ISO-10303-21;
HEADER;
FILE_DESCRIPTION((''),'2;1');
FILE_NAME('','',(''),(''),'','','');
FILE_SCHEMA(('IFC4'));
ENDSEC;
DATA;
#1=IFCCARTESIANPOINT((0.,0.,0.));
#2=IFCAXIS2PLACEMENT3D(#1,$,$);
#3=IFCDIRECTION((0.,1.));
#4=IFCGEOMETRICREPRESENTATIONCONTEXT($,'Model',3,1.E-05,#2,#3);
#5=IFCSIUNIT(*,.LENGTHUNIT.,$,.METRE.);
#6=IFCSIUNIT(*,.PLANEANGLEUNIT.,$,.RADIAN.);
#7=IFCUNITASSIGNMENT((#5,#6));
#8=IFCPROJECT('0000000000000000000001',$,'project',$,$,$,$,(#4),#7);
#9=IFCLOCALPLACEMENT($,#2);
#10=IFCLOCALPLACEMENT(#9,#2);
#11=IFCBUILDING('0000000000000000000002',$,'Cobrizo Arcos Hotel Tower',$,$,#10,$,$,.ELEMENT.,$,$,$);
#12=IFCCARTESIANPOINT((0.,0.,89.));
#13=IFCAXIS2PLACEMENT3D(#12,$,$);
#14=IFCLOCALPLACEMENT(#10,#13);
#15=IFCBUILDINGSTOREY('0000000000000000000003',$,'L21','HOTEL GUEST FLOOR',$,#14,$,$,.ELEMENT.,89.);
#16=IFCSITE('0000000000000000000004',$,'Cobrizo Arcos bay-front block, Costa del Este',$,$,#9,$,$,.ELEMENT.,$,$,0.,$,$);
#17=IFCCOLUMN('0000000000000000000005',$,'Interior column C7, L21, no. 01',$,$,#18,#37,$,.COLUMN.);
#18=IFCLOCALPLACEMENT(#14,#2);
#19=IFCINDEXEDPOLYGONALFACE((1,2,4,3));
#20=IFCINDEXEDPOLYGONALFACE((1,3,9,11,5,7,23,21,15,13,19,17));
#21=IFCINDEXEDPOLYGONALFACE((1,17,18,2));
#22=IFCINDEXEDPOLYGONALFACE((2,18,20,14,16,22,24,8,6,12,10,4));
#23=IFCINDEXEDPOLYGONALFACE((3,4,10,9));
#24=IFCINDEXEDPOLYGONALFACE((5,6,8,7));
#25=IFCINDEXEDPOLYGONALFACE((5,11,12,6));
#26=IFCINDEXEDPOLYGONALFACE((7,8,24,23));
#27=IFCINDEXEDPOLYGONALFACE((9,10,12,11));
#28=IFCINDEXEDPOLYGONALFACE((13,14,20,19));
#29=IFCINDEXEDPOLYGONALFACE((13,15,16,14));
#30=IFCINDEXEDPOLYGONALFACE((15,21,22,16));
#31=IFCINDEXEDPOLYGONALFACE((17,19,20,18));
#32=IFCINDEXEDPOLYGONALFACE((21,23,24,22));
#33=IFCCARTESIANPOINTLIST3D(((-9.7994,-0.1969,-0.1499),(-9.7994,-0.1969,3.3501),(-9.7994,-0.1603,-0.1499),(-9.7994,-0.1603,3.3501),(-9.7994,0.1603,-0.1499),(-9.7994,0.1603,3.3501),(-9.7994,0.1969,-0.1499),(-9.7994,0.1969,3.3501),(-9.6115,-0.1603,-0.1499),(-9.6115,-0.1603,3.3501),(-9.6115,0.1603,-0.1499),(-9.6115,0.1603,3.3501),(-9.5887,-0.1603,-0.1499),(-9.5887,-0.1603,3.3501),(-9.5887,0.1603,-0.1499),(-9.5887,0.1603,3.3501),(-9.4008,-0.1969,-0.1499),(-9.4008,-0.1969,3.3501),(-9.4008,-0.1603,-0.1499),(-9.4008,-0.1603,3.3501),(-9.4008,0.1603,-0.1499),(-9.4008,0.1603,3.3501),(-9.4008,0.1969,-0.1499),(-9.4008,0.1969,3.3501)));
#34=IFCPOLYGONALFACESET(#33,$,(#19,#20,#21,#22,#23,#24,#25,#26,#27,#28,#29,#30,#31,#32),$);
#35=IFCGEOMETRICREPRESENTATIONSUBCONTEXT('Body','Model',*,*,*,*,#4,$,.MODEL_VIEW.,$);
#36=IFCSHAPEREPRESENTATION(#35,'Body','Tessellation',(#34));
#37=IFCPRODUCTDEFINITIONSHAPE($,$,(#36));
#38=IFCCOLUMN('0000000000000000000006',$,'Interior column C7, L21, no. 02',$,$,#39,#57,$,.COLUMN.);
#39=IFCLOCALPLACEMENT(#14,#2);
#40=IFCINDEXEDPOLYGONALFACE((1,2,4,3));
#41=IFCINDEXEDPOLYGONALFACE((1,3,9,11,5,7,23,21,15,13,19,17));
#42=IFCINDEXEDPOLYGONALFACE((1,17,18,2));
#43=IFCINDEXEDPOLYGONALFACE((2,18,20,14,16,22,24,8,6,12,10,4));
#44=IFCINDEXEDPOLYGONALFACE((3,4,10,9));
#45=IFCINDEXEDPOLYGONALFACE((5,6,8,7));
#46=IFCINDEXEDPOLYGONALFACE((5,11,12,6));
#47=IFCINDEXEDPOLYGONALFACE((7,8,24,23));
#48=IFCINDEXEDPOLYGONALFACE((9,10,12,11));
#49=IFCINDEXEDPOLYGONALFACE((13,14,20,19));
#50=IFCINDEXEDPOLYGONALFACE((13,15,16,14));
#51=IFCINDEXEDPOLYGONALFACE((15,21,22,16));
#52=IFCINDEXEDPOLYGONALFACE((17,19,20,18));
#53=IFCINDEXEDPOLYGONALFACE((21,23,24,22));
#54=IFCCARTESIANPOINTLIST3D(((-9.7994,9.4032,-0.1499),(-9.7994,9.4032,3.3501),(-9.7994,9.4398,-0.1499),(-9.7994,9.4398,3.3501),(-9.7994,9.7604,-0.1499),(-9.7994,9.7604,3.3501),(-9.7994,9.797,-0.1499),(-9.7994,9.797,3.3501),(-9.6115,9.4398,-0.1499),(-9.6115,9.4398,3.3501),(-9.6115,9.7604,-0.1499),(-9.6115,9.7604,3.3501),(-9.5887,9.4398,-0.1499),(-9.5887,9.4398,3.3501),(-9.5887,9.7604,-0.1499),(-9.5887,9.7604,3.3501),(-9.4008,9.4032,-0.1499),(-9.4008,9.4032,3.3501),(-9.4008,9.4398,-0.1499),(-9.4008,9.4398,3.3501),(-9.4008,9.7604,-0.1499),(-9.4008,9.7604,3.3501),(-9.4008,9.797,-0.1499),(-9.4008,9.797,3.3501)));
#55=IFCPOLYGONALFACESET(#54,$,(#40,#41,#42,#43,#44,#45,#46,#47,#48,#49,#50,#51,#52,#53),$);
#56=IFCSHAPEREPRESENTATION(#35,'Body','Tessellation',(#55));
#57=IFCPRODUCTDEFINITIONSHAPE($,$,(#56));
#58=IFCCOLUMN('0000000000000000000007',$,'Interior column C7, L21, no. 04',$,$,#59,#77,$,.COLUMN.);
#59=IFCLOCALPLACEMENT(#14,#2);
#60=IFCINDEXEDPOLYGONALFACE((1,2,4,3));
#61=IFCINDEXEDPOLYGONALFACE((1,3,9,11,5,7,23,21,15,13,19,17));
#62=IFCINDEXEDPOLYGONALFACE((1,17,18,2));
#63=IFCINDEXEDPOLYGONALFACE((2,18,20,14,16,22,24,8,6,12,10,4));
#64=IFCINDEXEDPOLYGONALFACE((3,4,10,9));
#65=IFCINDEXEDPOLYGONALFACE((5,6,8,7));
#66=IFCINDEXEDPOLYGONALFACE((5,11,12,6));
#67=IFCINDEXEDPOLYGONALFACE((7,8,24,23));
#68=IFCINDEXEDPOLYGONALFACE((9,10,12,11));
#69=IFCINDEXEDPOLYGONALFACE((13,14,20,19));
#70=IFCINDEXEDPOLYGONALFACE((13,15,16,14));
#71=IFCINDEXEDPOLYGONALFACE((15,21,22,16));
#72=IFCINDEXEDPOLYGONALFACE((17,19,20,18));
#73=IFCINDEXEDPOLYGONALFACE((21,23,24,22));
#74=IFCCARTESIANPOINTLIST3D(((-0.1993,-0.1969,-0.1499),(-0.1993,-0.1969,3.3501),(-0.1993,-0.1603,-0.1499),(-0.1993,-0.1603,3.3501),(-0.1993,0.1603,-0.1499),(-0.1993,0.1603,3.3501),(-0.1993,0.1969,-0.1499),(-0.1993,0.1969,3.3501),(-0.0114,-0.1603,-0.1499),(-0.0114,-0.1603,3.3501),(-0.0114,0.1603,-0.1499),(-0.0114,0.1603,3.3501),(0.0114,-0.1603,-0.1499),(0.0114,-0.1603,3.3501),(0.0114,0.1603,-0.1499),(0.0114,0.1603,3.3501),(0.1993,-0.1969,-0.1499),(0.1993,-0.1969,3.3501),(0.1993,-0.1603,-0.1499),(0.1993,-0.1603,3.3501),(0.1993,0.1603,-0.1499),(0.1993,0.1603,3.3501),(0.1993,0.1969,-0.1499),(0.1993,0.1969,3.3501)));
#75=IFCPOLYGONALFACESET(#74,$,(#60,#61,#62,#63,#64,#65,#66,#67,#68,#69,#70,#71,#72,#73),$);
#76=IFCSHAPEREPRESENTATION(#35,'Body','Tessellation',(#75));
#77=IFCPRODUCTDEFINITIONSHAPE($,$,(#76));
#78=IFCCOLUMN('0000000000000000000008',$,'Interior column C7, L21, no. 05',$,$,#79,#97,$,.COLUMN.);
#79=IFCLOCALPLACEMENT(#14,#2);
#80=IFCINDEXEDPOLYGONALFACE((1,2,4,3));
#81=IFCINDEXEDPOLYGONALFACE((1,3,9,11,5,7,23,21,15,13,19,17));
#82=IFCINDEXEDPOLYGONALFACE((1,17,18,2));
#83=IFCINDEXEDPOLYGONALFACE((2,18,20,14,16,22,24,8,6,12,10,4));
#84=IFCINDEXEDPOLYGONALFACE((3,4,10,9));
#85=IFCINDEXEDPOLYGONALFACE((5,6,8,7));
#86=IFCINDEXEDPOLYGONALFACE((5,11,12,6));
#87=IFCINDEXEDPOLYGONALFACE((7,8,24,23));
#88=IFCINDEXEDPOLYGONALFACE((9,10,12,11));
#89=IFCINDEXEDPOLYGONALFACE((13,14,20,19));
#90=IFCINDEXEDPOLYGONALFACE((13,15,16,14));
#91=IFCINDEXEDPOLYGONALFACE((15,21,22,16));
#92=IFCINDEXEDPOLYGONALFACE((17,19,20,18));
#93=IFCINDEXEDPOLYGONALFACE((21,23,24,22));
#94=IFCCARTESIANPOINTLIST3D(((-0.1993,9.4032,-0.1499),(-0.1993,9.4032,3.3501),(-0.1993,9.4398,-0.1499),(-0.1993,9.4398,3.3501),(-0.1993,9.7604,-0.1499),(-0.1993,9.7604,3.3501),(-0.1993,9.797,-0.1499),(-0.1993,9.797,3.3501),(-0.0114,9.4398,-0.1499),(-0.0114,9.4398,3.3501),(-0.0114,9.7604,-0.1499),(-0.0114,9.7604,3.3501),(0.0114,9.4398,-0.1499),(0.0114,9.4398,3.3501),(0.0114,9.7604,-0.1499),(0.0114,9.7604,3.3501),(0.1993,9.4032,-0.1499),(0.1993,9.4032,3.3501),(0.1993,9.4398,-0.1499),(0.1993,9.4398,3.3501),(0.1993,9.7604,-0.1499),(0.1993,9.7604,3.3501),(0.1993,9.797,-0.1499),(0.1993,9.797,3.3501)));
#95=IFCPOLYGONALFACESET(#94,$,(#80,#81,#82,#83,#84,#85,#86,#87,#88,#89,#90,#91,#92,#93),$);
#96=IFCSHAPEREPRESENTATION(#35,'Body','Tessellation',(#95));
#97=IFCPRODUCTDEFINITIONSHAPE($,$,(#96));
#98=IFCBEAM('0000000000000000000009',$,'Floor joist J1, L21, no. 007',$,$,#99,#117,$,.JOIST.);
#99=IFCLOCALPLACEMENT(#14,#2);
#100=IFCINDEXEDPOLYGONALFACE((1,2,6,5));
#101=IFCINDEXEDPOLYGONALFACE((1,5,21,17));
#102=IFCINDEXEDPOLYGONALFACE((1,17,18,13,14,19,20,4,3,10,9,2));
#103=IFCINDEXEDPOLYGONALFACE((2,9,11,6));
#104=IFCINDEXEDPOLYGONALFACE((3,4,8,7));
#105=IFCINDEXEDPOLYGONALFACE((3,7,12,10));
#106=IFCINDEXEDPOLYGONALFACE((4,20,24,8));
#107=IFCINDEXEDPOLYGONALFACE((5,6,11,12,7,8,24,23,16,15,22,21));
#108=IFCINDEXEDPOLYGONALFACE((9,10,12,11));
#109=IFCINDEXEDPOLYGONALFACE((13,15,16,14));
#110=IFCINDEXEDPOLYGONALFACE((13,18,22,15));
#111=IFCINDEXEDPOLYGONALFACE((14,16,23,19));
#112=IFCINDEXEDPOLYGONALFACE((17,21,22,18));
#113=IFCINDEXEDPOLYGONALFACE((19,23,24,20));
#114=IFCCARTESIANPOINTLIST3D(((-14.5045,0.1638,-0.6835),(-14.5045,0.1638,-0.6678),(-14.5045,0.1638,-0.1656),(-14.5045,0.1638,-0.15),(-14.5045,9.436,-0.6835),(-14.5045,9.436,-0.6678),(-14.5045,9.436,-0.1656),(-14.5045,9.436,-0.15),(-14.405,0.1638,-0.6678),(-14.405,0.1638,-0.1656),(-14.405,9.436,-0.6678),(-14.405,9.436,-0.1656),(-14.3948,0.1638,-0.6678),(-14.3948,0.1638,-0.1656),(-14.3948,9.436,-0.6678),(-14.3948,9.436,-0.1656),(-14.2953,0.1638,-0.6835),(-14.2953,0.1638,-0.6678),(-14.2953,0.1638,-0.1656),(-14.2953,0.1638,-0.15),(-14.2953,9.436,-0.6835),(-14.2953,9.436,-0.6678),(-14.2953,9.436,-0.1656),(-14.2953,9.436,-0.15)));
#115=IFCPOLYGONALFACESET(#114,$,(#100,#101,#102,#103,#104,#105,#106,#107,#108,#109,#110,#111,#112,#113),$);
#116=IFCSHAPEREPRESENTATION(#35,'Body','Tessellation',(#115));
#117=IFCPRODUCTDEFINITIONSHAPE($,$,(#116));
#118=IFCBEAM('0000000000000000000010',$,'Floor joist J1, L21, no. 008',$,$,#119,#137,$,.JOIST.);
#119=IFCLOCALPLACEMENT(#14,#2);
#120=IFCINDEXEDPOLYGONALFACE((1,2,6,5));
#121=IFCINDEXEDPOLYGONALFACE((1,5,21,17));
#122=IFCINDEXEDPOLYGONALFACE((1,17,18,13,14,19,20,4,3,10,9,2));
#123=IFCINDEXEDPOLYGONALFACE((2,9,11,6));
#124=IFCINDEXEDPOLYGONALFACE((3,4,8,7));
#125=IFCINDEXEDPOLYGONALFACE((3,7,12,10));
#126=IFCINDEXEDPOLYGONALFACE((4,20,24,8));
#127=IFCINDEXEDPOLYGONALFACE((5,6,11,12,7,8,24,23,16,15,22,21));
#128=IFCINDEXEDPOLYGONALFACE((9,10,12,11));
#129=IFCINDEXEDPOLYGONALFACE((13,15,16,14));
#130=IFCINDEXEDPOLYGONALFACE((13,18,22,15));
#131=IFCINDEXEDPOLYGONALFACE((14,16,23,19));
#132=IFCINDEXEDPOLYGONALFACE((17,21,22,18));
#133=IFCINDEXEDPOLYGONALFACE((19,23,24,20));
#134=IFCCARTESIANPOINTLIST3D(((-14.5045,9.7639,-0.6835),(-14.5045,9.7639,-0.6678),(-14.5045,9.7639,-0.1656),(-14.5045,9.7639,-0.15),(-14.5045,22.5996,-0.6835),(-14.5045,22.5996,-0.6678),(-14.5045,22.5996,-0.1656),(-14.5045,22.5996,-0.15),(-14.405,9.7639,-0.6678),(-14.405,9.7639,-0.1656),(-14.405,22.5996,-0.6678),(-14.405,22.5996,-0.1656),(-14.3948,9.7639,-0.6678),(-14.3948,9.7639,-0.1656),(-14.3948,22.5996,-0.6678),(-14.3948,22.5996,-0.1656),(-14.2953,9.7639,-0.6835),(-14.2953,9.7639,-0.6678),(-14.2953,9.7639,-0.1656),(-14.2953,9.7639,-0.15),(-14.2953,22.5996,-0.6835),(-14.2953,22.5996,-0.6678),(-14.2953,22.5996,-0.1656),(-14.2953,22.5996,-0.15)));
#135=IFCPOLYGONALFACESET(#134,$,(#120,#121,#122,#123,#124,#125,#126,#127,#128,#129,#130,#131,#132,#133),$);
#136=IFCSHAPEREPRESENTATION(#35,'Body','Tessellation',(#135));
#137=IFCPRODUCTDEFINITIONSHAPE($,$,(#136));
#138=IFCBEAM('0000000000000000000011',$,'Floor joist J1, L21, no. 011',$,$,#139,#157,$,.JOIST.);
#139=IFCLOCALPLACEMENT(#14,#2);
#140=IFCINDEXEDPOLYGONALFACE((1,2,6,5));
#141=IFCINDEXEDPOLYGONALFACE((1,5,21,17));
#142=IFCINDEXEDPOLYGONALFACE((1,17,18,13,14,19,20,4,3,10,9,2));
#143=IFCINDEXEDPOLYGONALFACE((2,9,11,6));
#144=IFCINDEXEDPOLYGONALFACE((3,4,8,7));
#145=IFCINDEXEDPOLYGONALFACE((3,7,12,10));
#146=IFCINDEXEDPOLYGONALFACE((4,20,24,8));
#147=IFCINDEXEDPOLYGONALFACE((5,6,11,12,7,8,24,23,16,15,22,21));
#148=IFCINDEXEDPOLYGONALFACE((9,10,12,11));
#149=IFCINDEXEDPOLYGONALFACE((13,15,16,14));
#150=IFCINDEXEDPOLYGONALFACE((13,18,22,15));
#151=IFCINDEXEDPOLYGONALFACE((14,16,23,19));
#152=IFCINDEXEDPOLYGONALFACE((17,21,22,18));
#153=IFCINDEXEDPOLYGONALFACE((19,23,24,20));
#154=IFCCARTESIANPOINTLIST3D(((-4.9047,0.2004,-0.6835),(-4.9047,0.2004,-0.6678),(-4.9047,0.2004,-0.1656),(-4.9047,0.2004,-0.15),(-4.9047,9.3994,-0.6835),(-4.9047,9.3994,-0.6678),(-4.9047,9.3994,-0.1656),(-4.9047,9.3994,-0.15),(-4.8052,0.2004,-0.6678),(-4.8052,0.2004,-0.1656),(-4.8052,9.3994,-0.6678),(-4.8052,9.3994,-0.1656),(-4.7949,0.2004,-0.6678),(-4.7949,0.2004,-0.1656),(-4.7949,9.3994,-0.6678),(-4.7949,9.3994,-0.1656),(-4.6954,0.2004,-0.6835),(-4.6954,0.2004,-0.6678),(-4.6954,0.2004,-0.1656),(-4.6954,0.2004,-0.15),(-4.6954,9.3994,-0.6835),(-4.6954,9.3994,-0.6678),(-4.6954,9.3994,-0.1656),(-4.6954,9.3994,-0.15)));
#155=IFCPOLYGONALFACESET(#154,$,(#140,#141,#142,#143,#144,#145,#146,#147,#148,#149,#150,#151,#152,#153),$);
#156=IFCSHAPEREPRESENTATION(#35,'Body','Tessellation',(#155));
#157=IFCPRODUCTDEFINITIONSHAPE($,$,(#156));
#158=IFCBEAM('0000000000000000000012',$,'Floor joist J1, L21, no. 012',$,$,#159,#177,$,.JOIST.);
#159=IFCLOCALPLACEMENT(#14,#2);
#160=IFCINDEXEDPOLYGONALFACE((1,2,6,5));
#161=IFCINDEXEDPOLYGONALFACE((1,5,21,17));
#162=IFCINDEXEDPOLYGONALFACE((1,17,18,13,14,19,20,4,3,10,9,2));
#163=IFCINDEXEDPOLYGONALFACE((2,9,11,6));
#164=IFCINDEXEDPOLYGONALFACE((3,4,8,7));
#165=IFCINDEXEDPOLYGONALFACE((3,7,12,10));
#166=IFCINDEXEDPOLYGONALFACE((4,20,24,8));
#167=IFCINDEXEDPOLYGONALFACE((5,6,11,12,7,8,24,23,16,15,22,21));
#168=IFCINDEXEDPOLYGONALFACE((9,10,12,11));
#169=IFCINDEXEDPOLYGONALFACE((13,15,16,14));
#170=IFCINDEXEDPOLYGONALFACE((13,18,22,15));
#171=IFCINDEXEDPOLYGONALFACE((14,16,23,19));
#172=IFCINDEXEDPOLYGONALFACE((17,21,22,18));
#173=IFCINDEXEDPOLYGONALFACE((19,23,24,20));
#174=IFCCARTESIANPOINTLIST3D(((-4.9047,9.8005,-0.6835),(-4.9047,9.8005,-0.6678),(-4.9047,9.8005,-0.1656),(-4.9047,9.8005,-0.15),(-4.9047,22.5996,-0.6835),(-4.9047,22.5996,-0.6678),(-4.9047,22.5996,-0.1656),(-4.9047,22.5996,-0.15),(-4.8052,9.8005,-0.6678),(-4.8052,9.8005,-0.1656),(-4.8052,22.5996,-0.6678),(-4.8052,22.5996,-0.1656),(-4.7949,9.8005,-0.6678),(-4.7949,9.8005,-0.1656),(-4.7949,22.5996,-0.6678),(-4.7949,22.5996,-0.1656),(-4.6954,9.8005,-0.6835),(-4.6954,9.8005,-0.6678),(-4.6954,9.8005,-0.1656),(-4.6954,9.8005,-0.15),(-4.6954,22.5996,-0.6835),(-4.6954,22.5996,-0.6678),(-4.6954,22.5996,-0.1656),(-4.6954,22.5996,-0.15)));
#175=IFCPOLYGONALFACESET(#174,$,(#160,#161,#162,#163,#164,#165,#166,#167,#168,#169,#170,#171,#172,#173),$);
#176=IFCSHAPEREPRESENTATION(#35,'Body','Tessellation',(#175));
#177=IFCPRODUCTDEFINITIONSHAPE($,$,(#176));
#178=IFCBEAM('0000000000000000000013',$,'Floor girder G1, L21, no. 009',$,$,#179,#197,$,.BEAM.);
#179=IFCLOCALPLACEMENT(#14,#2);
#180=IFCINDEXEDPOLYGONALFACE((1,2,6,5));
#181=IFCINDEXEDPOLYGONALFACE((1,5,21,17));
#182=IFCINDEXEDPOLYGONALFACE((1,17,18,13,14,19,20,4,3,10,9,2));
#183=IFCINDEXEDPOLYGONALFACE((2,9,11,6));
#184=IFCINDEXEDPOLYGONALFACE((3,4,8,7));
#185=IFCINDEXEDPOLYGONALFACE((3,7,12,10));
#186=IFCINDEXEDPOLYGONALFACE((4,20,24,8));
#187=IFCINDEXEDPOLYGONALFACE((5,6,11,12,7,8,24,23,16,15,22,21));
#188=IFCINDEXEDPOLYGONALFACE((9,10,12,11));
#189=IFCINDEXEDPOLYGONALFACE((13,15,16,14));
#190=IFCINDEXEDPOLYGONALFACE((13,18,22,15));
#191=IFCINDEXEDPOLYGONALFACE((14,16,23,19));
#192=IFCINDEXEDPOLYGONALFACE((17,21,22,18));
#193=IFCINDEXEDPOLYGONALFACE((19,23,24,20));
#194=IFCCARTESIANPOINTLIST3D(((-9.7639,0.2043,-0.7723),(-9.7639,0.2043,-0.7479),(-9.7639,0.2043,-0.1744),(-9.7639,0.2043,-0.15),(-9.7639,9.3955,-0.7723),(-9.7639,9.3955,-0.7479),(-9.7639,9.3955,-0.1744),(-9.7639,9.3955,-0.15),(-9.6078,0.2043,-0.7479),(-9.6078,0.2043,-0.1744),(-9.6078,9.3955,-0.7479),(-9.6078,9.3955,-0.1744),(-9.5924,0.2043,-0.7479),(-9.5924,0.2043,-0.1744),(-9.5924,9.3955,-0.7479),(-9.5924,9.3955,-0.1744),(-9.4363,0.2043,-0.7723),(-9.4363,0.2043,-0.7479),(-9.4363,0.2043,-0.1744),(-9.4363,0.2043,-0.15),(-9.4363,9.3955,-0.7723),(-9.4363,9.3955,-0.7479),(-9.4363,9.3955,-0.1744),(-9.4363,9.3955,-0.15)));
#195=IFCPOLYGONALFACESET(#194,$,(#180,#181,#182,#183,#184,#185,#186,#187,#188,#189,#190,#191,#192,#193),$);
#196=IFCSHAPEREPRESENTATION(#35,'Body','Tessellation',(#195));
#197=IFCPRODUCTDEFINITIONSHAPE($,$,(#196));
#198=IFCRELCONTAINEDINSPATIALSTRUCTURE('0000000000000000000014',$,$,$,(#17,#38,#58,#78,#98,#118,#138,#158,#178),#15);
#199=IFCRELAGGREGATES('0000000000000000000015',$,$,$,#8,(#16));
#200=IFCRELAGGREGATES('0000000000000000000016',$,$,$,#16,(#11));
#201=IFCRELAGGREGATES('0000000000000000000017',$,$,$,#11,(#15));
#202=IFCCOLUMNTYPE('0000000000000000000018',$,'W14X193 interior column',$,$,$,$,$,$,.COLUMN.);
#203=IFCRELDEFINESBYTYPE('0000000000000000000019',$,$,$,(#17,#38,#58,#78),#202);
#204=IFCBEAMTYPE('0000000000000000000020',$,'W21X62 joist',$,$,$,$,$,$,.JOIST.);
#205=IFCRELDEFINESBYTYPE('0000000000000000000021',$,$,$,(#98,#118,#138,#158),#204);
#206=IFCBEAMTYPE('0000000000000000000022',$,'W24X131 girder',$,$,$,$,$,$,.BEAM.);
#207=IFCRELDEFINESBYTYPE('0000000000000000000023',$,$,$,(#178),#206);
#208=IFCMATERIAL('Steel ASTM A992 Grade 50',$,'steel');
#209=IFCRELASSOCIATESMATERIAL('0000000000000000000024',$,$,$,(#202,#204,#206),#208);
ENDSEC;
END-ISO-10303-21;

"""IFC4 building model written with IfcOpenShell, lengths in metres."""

from ifc_helpers import new_model, si_unit, direction, frame, origin, origin_2d, place, context, subcontext, project, spatial, i_section, extrude, material, material_profile, profile_set, type_object, element, save


model = new_model("IFC4")

# Units and contexts
model_context = context("Model", 3, precision=1e-05, world=origin(), true_north=direction((0.0, 1.0)))
body_context = subcontext(model_context, "Body", "Model", "MODEL_VIEW")
ifc_project = project(units=[si_unit("LENGTHUNIT", "METRE"), si_unit("PLANEANGLEUNIT", "RADIAN")], contexts=[model_context])

# Site, building, storey
site_placement = place(None, origin())
site = spatial("IfcSite", under=ifc_project, at=site_placement, Name="Cobrizo Arcos bay-front block, Costa del Este", CompositionType="ELEMENT", RefElevation=0.0)
building_placement = place(site_placement, origin())
building = spatial("IfcBuilding", under=site, at=building_placement, Name="Cobrizo Arcos Hotel Tower", CompositionType="ELEMENT")
storey_placement = place(building_placement, frame((0.0, 0.0, 89.0)))
storey = spatial("IfcBuildingStorey", under=building, at=storey_placement, Name="L21", Description="HOTEL GUEST FLOOR", CompositionType="ELEMENT", Elevation=89.0)

# Columns
ifc_material_1 = material(Name="Steel ASTM A992 Grade 50", Category="steel")
ifc_material_profile_1 = material_profile(ifc_material_1, i_section(OverallWidth=0.3987, OverallDepth=0.3938, WebThickness=0.0227, FlangeThickness=0.0366, at=origin_2d()), Name="W14X193")
ifc_profile_set_1 = profile_set([ifc_material_profile_1], Name="Steel ASTM A992 Grade 50")
column_type = type_object("IfcColumnType", Name="W14X193 interior column", PredefinedType="COLUMN", material=ifc_profile_set_1)
for number, where, z_axis, x_axis, name in (
    (1, (-9.6001, 0.0, -0.1499), (0.0, 0.0, 1.0), (1.0, 0.0, 0.0), "Interior column C7, L21, no. 01"),
    (2, (-9.6001, 9.6001, -0.1499), (0.0, 0.0, 1.0), (1.0, 0.0, 0.0), "Interior column C7, L21, no. 02"),
    (3, (0.0, 0.0, -0.1499), (0.0, 0.0, 1.0), (1.0, 0.0, 0.0), "Interior column C7, L21, no. 04"),
    (4, (0.0, 9.6001, -0.1499), (0.0, 0.0, 1.0), (1.0, 0.0, 0.0), "Interior column C7, L21, no. 05"),
):
    element("IfcColumn", number, at=place(storey_placement, frame(where, z_axis=z_axis, x_axis=x_axis)), inside=storey, type_object=column_type, Name=name, PredefinedType="COLUMN", context=body_context, shape_type="SweptSolid", body=[
        extrude(i_section(OverallWidth=0.3987, OverallDepth=0.3938, WebThickness=0.0227, FlangeThickness=0.0366, at=origin_2d()), origin(), (0.0, 0.0, 1.0), 3.5),
    ])

# Beams
ifc_material_profile_2 = material_profile(ifc_material_1, i_section(OverallWidth=0.2092, OverallDepth=0.5334, WebThickness=0.0103, FlangeThickness=0.0156, at=origin_2d()), Name="W21X62")
ifc_profile_set_2 = profile_set([ifc_material_profile_2], Name="Steel ASTM A992 Grade 50")
beam_type_1 = type_object("IfcBeamType", Name="W21X62 joist", PredefinedType="JOIST", material=ifc_profile_set_2)
beam_1_placement = place(storey_placement, frame((-14.3999, 0.1638, -0.4167), z_axis=(0.0, 1.0, 0.0), x_axis=(-1.0, 0.0, 0.0)))
element("IfcBeam", 5, at=beam_1_placement, inside=storey, type_object=beam_type_1, Name="Floor joist J1, L21, no. 007", PredefinedType="JOIST", context=body_context, shape_type="SweptSolid", body=[
    extrude(i_section(OverallWidth=0.2092, OverallDepth=0.5334, WebThickness=0.0103, FlangeThickness=0.0156, at=origin_2d()), origin(), (0.0, 0.0, 1.0), 9.2722),
])
beam_2_placement = place(storey_placement, frame((-14.3999, 9.7639, -0.4167), z_axis=(0.0, 1.0, 0.0), x_axis=(-1.0, 0.0, 0.0)))
element("IfcBeam", 6, at=beam_2_placement, inside=storey, type_object=beam_type_1, Name="Floor joist J1, L21, no. 008", PredefinedType="JOIST", context=body_context, shape_type="SweptSolid", body=[
    extrude(i_section(OverallWidth=0.2092, OverallDepth=0.5334, WebThickness=0.0103, FlangeThickness=0.0156, at=origin_2d()), origin(), (0.0, 0.0, 1.0), 12.8357),
])
beam_3_placement = place(storey_placement, frame((-4.8, 0.2004, -0.4167), z_axis=(0.0, 1.0, 0.0), x_axis=(-1.0, 0.0, 0.0)))
element("IfcBeam", 7, at=beam_3_placement, inside=storey, type_object=beam_type_1, Name="Floor joist J1, L21, no. 011", PredefinedType="JOIST", context=body_context, shape_type="SweptSolid", body=[
    extrude(i_section(OverallWidth=0.2092, OverallDepth=0.5334, WebThickness=0.0103, FlangeThickness=0.0156, at=origin_2d()), origin(), (0.0, 0.0, 1.0), 9.199),
])
beam_4_placement = place(storey_placement, frame((-4.8, 9.8005, -0.4167), z_axis=(0.0, 1.0, 0.0), x_axis=(-1.0, 0.0, 0.0)))
element("IfcBeam", 8, at=beam_4_placement, inside=storey, type_object=beam_type_1, Name="Floor joist J1, L21, no. 012", PredefinedType="JOIST", context=body_context, shape_type="SweptSolid", body=[
    extrude(i_section(OverallWidth=0.2092, OverallDepth=0.5334, WebThickness=0.0103, FlangeThickness=0.0156, at=origin_2d()), origin(), (0.0, 0.0, 1.0), 12.7991),
])
ifc_material_profile_3 = material_profile(ifc_material_1, i_section(OverallWidth=0.3276, OverallDepth=0.6223, WebThickness=0.0154, FlangeThickness=0.0244, at=origin_2d()), Name="W24X131")
ifc_profile_set_3 = profile_set([ifc_material_profile_3], Name="Steel ASTM A992 Grade 50")
beam_type_2 = type_object("IfcBeamType", Name="W24X131 girder", PredefinedType="BEAM", material=ifc_profile_set_3)
beam_5_placement = place(storey_placement, frame((-9.6001, 0.2043, -0.4612), z_axis=(0.0, 1.0, 0.0), x_axis=(-1.0, 0.0, 0.0)))
element("IfcBeam", 9, at=beam_5_placement, inside=storey, type_object=beam_type_2, Name="Floor girder G1, L21, no. 009", PredefinedType="BEAM", context=body_context, shape_type="SweptSolid", body=[
    extrude(i_section(OverallWidth=0.3276, OverallDepth=0.6223, WebThickness=0.0154, FlangeThickness=0.0244, at=origin_2d()), origin(), (0.0, 0.0, 1.0), 9.1912),
])

save(model, "model.ifc")
